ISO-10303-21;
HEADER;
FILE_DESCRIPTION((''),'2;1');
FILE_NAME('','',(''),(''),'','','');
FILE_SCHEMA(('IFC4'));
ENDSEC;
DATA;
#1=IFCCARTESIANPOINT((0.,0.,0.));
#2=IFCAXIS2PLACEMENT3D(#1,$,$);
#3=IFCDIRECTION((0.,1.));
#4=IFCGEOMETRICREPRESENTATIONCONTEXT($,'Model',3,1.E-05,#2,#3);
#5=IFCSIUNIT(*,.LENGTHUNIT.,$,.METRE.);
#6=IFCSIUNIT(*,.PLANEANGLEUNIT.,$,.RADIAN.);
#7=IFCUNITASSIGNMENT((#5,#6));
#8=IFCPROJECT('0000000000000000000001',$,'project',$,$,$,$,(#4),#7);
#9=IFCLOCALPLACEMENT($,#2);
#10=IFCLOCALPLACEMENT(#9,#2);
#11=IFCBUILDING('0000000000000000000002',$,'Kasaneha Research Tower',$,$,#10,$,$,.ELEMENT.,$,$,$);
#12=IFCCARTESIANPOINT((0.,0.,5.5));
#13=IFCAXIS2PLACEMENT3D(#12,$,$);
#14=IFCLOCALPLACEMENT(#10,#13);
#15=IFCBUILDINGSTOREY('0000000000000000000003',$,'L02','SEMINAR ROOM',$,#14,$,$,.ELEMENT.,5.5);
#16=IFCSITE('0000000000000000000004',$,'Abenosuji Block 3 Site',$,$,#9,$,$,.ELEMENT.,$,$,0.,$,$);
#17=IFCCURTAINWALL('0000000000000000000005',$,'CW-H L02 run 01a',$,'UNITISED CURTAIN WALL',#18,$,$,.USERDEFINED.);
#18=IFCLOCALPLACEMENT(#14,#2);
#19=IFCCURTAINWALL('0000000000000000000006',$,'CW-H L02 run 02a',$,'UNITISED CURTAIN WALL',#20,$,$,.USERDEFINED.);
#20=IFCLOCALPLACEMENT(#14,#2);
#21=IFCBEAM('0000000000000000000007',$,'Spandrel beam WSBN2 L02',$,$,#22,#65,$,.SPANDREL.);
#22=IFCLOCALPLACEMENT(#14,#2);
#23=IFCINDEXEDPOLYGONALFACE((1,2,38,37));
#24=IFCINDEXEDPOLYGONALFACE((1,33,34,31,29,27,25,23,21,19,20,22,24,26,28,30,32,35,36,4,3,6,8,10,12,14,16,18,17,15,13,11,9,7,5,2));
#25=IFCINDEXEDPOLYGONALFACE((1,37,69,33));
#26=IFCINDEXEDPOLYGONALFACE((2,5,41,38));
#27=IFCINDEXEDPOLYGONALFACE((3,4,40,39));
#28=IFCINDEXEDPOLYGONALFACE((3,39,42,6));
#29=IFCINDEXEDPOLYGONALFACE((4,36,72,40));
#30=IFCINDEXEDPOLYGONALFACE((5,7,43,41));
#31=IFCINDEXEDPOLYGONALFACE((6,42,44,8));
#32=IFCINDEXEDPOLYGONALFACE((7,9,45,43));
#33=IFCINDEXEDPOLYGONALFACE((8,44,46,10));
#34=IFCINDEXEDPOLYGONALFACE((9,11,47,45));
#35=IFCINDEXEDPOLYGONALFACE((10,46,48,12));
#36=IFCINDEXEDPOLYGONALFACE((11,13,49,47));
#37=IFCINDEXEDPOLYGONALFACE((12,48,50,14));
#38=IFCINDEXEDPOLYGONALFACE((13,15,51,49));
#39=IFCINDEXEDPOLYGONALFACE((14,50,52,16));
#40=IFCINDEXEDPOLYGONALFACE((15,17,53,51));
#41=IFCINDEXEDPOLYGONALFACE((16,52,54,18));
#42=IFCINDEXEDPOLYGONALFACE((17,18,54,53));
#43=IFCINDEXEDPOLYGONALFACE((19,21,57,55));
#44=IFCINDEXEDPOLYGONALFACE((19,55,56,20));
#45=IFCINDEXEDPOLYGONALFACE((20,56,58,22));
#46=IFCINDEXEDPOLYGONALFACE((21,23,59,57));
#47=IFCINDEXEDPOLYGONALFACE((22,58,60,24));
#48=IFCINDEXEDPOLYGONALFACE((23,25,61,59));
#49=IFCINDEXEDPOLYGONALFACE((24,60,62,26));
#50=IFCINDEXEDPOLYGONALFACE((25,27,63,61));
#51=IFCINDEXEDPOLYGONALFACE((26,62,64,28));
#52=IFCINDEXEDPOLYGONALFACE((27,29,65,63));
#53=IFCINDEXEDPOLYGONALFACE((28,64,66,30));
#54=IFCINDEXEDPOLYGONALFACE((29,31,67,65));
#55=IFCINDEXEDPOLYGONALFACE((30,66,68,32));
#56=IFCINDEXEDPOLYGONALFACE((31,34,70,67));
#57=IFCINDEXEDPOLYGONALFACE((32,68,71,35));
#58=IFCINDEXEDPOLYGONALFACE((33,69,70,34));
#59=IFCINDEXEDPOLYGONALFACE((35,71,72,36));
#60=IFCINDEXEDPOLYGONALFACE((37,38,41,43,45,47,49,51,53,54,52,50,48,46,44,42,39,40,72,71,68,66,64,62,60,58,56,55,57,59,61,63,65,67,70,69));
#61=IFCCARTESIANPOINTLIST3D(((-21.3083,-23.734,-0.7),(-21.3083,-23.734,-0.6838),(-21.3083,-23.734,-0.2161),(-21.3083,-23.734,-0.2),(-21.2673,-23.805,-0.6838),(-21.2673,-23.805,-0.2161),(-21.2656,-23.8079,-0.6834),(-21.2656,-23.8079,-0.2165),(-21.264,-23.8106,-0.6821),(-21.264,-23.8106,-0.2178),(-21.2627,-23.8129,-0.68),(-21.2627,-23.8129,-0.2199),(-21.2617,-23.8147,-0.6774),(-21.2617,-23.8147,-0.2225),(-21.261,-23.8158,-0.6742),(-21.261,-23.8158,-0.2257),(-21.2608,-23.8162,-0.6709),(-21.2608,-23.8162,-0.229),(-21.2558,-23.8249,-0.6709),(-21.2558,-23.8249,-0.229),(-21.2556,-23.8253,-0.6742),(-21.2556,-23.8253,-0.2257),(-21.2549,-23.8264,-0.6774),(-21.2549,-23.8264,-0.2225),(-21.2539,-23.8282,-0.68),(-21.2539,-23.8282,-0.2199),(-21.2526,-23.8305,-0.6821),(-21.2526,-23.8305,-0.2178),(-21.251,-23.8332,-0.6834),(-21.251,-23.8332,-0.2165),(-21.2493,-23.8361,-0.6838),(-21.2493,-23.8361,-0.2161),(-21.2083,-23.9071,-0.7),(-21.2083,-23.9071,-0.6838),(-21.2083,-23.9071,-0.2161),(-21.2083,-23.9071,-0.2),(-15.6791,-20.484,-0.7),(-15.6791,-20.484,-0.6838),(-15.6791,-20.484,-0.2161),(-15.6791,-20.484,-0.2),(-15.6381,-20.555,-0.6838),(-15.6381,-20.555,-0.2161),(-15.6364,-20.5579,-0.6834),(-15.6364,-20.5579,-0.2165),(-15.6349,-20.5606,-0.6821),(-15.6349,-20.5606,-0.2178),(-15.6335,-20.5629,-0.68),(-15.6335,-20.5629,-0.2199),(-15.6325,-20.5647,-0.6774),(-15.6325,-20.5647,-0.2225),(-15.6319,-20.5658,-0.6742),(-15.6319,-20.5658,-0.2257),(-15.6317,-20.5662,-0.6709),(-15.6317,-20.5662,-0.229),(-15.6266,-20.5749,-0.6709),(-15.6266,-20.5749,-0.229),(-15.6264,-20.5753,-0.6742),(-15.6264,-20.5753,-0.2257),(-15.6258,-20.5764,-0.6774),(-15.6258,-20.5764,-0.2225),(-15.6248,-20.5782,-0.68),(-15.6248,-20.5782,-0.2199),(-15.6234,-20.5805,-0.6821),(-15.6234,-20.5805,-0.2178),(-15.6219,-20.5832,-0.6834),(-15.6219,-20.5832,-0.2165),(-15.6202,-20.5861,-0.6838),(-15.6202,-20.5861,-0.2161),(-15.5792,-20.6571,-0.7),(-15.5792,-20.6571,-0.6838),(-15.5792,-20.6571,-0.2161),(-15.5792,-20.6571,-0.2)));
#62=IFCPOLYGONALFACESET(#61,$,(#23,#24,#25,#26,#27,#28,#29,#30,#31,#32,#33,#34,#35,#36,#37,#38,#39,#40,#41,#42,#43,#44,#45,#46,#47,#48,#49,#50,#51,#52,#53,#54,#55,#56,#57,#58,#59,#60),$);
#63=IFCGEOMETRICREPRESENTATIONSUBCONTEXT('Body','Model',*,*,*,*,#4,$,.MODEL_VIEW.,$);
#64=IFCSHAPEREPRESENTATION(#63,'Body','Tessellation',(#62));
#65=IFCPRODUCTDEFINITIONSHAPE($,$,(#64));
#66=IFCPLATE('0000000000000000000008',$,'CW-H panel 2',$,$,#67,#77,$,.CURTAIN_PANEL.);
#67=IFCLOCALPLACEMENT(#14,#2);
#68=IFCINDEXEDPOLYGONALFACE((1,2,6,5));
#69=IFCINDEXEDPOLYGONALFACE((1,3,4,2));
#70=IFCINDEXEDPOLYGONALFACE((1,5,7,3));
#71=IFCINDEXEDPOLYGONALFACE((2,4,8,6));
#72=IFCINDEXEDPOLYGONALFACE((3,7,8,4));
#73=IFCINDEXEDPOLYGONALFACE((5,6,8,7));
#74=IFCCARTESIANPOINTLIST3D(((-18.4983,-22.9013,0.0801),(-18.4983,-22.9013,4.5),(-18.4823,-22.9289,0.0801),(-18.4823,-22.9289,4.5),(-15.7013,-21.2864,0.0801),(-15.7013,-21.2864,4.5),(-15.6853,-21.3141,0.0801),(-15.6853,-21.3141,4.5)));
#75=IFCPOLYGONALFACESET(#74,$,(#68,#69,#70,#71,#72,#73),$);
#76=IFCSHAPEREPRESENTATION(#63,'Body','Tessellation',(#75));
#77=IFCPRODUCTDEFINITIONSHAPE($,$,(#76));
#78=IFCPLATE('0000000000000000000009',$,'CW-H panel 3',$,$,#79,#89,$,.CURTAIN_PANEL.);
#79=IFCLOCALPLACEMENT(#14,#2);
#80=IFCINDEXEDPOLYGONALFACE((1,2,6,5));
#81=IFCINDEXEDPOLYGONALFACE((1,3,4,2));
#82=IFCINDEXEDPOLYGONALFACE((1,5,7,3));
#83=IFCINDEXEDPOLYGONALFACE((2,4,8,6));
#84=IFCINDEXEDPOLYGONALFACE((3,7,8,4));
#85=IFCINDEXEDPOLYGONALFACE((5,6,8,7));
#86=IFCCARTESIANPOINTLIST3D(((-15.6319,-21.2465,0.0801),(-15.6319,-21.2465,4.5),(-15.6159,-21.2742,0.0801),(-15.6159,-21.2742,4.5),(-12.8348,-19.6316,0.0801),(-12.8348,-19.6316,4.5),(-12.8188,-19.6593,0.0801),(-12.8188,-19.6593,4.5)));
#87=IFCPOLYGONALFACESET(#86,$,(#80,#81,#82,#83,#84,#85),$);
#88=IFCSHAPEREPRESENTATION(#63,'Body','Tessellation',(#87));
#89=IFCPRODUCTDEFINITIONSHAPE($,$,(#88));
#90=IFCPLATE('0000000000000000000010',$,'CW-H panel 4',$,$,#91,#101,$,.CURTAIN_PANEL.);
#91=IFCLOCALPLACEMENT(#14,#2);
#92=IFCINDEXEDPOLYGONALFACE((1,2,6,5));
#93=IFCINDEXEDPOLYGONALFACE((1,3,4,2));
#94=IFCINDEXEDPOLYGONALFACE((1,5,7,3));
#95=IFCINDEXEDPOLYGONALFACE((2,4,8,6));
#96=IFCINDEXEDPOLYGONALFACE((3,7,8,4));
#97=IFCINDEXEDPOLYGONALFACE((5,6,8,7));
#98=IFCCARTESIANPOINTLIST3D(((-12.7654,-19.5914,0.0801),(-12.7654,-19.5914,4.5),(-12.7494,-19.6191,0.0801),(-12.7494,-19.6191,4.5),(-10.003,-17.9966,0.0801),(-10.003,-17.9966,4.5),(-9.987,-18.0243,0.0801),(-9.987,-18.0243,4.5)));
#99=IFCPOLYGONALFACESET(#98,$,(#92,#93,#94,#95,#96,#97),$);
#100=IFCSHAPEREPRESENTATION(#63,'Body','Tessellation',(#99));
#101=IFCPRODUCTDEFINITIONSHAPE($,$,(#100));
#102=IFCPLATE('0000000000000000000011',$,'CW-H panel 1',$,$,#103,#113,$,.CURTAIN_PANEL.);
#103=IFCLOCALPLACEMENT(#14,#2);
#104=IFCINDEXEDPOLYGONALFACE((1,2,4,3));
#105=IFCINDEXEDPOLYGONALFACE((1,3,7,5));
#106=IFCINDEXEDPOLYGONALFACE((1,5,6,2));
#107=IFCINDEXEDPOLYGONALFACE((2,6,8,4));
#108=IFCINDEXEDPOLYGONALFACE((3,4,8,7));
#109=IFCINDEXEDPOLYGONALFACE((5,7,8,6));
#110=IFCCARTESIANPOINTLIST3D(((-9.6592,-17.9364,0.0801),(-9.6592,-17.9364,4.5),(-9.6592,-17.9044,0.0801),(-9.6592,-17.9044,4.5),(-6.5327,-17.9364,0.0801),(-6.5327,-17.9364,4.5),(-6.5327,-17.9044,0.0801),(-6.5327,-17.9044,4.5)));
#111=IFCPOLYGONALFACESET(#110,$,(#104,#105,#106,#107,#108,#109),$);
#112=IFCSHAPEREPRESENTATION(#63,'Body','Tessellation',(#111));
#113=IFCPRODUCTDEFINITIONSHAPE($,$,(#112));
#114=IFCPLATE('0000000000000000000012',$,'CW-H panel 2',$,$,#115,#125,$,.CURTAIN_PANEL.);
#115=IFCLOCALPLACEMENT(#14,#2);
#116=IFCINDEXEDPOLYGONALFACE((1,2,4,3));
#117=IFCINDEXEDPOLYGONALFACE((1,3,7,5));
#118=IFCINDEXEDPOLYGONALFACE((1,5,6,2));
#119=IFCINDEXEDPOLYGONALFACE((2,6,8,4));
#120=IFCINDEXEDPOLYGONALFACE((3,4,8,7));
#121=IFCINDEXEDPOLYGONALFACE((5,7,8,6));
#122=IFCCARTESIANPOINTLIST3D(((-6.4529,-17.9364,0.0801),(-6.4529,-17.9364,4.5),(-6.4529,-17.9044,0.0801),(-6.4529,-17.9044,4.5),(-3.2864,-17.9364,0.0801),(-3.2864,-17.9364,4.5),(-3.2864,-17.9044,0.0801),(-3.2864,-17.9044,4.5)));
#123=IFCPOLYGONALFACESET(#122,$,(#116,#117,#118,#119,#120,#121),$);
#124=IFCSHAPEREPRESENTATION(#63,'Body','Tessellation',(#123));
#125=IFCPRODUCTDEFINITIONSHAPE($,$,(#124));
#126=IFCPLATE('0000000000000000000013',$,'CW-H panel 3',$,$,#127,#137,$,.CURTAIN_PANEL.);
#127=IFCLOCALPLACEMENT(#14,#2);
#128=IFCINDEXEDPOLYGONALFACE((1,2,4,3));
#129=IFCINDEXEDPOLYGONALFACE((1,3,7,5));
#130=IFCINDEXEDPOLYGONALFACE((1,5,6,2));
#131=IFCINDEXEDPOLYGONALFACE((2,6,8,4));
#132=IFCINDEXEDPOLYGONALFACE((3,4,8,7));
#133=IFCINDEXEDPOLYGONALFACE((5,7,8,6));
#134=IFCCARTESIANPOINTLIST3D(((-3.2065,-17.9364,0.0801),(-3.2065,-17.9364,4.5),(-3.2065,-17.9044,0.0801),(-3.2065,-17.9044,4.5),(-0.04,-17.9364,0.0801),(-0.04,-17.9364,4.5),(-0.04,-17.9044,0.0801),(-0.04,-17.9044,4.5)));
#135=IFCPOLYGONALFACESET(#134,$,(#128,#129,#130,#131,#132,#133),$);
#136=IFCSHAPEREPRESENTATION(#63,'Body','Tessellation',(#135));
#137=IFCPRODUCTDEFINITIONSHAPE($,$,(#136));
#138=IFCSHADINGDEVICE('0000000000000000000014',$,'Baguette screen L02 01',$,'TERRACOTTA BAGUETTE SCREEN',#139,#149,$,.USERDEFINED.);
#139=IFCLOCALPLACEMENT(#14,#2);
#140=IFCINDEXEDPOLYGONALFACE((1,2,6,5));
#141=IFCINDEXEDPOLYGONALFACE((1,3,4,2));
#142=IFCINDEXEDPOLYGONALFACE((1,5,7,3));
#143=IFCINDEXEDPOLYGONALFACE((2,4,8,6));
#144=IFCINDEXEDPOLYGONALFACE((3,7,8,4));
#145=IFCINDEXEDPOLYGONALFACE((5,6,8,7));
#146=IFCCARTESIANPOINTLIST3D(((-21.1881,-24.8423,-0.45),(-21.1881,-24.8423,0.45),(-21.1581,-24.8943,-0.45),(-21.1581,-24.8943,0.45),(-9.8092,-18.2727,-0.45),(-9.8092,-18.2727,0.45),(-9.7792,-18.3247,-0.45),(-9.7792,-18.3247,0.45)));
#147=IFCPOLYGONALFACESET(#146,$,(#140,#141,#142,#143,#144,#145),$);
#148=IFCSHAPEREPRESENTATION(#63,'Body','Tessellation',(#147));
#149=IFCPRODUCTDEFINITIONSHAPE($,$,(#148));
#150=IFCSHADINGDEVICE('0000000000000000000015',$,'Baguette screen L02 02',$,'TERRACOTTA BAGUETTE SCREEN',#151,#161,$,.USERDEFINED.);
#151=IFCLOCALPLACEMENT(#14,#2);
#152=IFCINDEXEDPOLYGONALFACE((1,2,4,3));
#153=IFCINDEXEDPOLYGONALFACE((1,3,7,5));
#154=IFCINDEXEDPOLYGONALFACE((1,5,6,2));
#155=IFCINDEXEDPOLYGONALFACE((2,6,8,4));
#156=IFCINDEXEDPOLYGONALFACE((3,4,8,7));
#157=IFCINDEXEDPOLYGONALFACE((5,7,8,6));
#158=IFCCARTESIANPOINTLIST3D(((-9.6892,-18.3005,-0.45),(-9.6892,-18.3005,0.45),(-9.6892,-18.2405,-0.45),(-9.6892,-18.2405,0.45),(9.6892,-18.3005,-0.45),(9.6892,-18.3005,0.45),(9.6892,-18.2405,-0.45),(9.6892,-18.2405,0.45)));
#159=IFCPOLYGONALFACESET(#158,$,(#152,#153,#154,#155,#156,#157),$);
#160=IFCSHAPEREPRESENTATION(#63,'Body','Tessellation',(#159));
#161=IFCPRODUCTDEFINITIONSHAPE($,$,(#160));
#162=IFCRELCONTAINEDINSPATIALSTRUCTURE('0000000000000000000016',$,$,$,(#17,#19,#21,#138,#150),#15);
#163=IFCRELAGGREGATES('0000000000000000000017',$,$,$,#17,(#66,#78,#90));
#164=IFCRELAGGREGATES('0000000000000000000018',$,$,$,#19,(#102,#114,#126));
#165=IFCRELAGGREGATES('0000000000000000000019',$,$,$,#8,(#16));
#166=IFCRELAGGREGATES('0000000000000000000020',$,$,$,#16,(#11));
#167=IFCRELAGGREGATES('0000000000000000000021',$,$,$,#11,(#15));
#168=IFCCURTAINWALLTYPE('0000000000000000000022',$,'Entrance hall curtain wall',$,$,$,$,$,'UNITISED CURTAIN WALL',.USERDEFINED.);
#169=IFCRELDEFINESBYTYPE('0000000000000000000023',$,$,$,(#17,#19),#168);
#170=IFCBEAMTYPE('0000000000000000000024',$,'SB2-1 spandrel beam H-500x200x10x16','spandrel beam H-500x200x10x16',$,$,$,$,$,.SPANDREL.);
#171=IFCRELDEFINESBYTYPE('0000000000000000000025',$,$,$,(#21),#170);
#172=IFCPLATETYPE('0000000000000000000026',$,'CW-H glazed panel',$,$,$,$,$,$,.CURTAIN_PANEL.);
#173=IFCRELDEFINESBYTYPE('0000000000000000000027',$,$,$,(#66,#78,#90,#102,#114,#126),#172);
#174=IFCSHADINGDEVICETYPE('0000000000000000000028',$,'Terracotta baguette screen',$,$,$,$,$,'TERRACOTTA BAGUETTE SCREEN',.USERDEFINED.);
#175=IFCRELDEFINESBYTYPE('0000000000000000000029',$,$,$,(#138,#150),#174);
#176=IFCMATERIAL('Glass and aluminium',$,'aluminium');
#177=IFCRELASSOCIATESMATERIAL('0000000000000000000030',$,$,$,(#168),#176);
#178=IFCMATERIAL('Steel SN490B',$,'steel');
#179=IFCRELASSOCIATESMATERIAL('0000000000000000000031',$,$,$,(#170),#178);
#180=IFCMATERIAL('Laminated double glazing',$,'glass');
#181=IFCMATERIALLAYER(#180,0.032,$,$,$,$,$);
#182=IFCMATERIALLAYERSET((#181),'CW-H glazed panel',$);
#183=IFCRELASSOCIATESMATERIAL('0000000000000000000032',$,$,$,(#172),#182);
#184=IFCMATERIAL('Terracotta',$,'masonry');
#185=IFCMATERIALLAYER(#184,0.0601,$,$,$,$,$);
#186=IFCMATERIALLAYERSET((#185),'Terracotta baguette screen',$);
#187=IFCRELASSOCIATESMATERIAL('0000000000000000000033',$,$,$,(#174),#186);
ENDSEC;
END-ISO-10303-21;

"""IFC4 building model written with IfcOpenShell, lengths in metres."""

from ifc_helpers import new_model, si_unit, direction, frame, origin, origin_2d, place, context, subcontext, project, spatial, rectangle, i_section, extrude, material, layer, layer_set, material_profile, profile_set, type_object, element, aggregate, save


model = new_model("IFC4")

# Units and contexts
model_context = context("Model", 3, precision=1e-05, world=origin(), true_north=direction((0.0, 1.0)))
body_context = subcontext(model_context, "Body", "Model", "MODEL_VIEW")
ifc_project = project(units=[si_unit("LENGTHUNIT", "METRE"), si_unit("PLANEANGLEUNIT", "RADIAN")], contexts=[model_context])

# Site, building, storey
site_placement = place(None, origin())
site = spatial("IfcSite", under=ifc_project, at=site_placement, Name="Abenosuji Block 3 Site", CompositionType="ELEMENT", RefElevation=0.0)
building_placement = place(site_placement, origin())
building = spatial("IfcBuilding", under=site, at=building_placement, Name="Kasaneha Research Tower", CompositionType="ELEMENT")
storey_placement = place(building_placement, frame((0.0, 0.0, 5.5)))
storey = spatial("IfcBuildingStorey", under=building, at=storey_placement, Name="L02", Description="SEMINAR ROOM", CompositionType="ELEMENT", Elevation=5.5)

# Curtain walls
ifc_material_1 = material(Name="Glass and aluminium", Category="aluminium")
curtain_wall_type = type_object("IfcCurtainWallType", Name="Entrance hall curtain wall", ElementType="UNITISED CURTAIN WALL", PredefinedType="USERDEFINED", material=ifc_material_1)
curtain_wall_1_placement = place(storey_placement, origin())
curtain_wall_1 = element("IfcCurtainWall", 1, at=curtain_wall_1_placement, inside=storey, type_object=curtain_wall_type, Name="CW-H L02 run 01a", ObjectType="UNITISED CURTAIN WALL", PredefinedType="USERDEFINED")
curtain_wall_2_placement = place(storey_placement, origin())
curtain_wall_2 = element("IfcCurtainWall", 2, at=curtain_wall_2_placement, inside=storey, type_object=curtain_wall_type, Name="CW-H L02 run 02a", ObjectType="UNITISED CURTAIN WALL", PredefinedType="USERDEFINED")

# Beam
ifc_material_2 = material(Name="Steel SN490B", Category="steel")
ifc_material_profile_1 = material_profile(ifc_material_2, i_section(OverallWidth=0.2, OverallDepth=0.5, WebThickness=0.01, FlangeThickness=0.0161, FilletRadius=0.0129, at=origin_2d()), Name="H-500x200x10x16")
ifc_profile_set_1 = profile_set([ifc_material_profile_1], Name="Steel SN490B")
beam_type_1 = type_object("IfcBeamType", Name="SB2-1 spandrel beam H-500x200x10x16", Description="spandrel beam H-500x200x10x16", PredefinedType="SPANDREL", material=ifc_profile_set_1)
beam_1_placement = place(storey_placement, frame((-15.6292, -20.5706, -0.45), z_axis=(-0.866025, -0.500001, 0.0), x_axis=(0.500001, -0.866025, 0.0)))
element("IfcBeam", 3, at=beam_1_placement, inside=storey, type_object=beam_type_1, Name="Spandrel beam WSBN2 L02", PredefinedType="SPANDREL", context=body_context, shape_type="SweptSolid", body=[
    extrude(i_section(OverallWidth=0.2, OverallDepth=0.5, WebThickness=0.01, FlangeThickness=0.0161, FilletRadius=0.0129, at=origin_2d()), origin(), (0.0, 0.0, 1.0), 6.5),
])

# Plates
ifc_material_3 = material(Name="Laminated double glazing", Category="glass")
ifc_layer_1 = layer(ifc_material_3, 0.032)
ifc_layer_set_1 = layer_set([ifc_layer_1], Name="CW-H glazed panel")
plate_type = type_object("IfcPlateType", Name="CW-H glazed panel", PredefinedType="CURTAIN_PANEL", material=ifc_layer_set_1)
plate_1_placement = place(storey_placement, frame((-17.0918, -22.1077, 0.0801), z_axis=(0.0, 0.0, 1.0), x_axis=(0.866025, 0.5, 0.0)))
plate_1 = element("IfcPlate", 4, at=plate_1_placement, type_object=plate_type, Name="CW-H panel 2", PredefinedType="CURTAIN_PANEL", context=body_context, shape_type="SweptSolid", body=[
    extrude(rectangle(XDim=3.2297, YDim=0.032, at=origin_2d()), origin(), (0.0, 0.0, 1.0), 4.4199),
])
plate_2_placement = place(storey_placement, frame((-14.2253, -20.4529, 0.0801), z_axis=(0.0, 0.0, 1.0), x_axis=(0.866025, 0.5, 0.0)))
plate_2 = element("IfcPlate", 5, at=plate_2_placement, type_object=plate_type, Name="CW-H panel 3", PredefinedType="CURTAIN_PANEL", context=body_context, shape_type="SweptSolid", body=[
    extrude(rectangle(XDim=3.2297, YDim=0.032, at=origin_2d()), origin(), (0.0, 0.0, 1.0), 4.4199),
])
plate_3_placement = place(storey_placement, frame((-11.3762, -18.8079, 0.0801), z_axis=(0.0, 0.0, 1.0), x_axis=(0.866025, 0.5, 0.0)))
plate_3 = element("IfcPlate", 6, at=plate_3_placement, type_object=plate_type, Name="CW-H panel 4", PredefinedType="CURTAIN_PANEL", context=body_context, shape_type="SweptSolid", body=[
    extrude(rectangle(XDim=3.1897, YDim=0.032, at=origin_2d()), origin(), (0.0, 0.0, 1.0), 4.4199),
])
aggregate(curtain_wall_1, [plate_1, plate_2, plate_3])
plate_4_placement = place(storey_placement, frame((-8.0959, -17.9204, 0.0801), z_axis=(0.0, 0.0, 1.0), x_axis=(1.0, 0.0, 0.0)))
plate_4 = element("IfcPlate", 7, at=plate_4_placement, type_object=plate_type, Name="CW-H panel 1", PredefinedType="CURTAIN_PANEL", context=body_context, shape_type="SweptSolid", body=[
    extrude(rectangle(XDim=3.1265, YDim=0.032, at=origin_2d()), origin(), (0.0, 0.0, 1.0), 4.4199),
])
plate_5_placement = place(storey_placement, frame((-4.8696, -17.9204, 0.0801), z_axis=(0.0, 0.0, 1.0), x_axis=(1.0, 0.0, 0.0)))
plate_5 = element("IfcPlate", 8, at=plate_5_placement, type_object=plate_type, Name="CW-H panel 2", PredefinedType="CURTAIN_PANEL", context=body_context, shape_type="SweptSolid", body=[
    extrude(rectangle(XDim=3.1665, YDim=0.032, at=origin_2d()), origin(), (0.0, 0.0, 1.0), 4.4199),
])
plate_6_placement = place(storey_placement, frame((-1.6233, -17.9204, 0.0801), z_axis=(0.0, 0.0, 1.0), x_axis=(1.0, 0.0, 0.0)))
plate_6 = element("IfcPlate", 9, at=plate_6_placement, type_object=plate_type, Name="CW-H panel 3", PredefinedType="CURTAIN_PANEL", context=body_context, shape_type="SweptSolid", body=[
    extrude(rectangle(XDim=3.1665, YDim=0.032, at=origin_2d()), origin(), (0.0, 0.0, 1.0), 4.4199),
])
aggregate(curtain_wall_2, [plate_4, plate_5, plate_6])

# Shading devices
ifc_material_4 = material(Name="Terracotta", Category="masonry")
ifc_layer_2 = layer(ifc_material_4, 0.0601)
ifc_layer_set_2 = layer_set([ifc_layer_2], Name="Terracotta baguette screen")
shading_device_type = type_object("IfcShadingDeviceType", Name="Terracotta baguette screen", ElementType="TERRACOTTA BAGUETTE SCREEN", PredefinedType="USERDEFINED", material=ifc_layer_set_2)
shading_device_1_placement = place(storey_placement, frame((-15.4836, -21.5835, -0.45), z_axis=(0.0, 0.0, 1.0), x_axis=(0.866025, 0.5, 0.0)))
element("IfcShadingDevice", 10, at=shading_device_1_placement, inside=storey, type_object=shading_device_type, Name="Baguette screen L02 01", ObjectType="TERRACOTTA BAGUETTE SCREEN", PredefinedType="USERDEFINED", context=body_context, shape_type="SweptSolid", body=[
    extrude(rectangle(XDim=13.1392, YDim=0.0601, at=origin_2d()), origin(), (0.0, 0.0, 1.0), 0.8999),
])
shading_device_2_placement = place(storey_placement, frame((0.0, -18.2705, -0.45), z_axis=(0.0, 0.0, 1.0), x_axis=(1.0, 0.0, 0.0)))
element("IfcShadingDevice", 11, at=shading_device_2_placement, inside=storey, type_object=shading_device_type, Name="Baguette screen L02 02", ObjectType="TERRACOTTA BAGUETTE SCREEN", PredefinedType="USERDEFINED", context=body_context, shape_type="SweptSolid", body=[
    extrude(rectangle(XDim=19.3784, YDim=0.0601, at=origin_2d()), origin(), (0.0, 0.0, 1.0), 0.8999),
])

save(model, "model.ifc")
